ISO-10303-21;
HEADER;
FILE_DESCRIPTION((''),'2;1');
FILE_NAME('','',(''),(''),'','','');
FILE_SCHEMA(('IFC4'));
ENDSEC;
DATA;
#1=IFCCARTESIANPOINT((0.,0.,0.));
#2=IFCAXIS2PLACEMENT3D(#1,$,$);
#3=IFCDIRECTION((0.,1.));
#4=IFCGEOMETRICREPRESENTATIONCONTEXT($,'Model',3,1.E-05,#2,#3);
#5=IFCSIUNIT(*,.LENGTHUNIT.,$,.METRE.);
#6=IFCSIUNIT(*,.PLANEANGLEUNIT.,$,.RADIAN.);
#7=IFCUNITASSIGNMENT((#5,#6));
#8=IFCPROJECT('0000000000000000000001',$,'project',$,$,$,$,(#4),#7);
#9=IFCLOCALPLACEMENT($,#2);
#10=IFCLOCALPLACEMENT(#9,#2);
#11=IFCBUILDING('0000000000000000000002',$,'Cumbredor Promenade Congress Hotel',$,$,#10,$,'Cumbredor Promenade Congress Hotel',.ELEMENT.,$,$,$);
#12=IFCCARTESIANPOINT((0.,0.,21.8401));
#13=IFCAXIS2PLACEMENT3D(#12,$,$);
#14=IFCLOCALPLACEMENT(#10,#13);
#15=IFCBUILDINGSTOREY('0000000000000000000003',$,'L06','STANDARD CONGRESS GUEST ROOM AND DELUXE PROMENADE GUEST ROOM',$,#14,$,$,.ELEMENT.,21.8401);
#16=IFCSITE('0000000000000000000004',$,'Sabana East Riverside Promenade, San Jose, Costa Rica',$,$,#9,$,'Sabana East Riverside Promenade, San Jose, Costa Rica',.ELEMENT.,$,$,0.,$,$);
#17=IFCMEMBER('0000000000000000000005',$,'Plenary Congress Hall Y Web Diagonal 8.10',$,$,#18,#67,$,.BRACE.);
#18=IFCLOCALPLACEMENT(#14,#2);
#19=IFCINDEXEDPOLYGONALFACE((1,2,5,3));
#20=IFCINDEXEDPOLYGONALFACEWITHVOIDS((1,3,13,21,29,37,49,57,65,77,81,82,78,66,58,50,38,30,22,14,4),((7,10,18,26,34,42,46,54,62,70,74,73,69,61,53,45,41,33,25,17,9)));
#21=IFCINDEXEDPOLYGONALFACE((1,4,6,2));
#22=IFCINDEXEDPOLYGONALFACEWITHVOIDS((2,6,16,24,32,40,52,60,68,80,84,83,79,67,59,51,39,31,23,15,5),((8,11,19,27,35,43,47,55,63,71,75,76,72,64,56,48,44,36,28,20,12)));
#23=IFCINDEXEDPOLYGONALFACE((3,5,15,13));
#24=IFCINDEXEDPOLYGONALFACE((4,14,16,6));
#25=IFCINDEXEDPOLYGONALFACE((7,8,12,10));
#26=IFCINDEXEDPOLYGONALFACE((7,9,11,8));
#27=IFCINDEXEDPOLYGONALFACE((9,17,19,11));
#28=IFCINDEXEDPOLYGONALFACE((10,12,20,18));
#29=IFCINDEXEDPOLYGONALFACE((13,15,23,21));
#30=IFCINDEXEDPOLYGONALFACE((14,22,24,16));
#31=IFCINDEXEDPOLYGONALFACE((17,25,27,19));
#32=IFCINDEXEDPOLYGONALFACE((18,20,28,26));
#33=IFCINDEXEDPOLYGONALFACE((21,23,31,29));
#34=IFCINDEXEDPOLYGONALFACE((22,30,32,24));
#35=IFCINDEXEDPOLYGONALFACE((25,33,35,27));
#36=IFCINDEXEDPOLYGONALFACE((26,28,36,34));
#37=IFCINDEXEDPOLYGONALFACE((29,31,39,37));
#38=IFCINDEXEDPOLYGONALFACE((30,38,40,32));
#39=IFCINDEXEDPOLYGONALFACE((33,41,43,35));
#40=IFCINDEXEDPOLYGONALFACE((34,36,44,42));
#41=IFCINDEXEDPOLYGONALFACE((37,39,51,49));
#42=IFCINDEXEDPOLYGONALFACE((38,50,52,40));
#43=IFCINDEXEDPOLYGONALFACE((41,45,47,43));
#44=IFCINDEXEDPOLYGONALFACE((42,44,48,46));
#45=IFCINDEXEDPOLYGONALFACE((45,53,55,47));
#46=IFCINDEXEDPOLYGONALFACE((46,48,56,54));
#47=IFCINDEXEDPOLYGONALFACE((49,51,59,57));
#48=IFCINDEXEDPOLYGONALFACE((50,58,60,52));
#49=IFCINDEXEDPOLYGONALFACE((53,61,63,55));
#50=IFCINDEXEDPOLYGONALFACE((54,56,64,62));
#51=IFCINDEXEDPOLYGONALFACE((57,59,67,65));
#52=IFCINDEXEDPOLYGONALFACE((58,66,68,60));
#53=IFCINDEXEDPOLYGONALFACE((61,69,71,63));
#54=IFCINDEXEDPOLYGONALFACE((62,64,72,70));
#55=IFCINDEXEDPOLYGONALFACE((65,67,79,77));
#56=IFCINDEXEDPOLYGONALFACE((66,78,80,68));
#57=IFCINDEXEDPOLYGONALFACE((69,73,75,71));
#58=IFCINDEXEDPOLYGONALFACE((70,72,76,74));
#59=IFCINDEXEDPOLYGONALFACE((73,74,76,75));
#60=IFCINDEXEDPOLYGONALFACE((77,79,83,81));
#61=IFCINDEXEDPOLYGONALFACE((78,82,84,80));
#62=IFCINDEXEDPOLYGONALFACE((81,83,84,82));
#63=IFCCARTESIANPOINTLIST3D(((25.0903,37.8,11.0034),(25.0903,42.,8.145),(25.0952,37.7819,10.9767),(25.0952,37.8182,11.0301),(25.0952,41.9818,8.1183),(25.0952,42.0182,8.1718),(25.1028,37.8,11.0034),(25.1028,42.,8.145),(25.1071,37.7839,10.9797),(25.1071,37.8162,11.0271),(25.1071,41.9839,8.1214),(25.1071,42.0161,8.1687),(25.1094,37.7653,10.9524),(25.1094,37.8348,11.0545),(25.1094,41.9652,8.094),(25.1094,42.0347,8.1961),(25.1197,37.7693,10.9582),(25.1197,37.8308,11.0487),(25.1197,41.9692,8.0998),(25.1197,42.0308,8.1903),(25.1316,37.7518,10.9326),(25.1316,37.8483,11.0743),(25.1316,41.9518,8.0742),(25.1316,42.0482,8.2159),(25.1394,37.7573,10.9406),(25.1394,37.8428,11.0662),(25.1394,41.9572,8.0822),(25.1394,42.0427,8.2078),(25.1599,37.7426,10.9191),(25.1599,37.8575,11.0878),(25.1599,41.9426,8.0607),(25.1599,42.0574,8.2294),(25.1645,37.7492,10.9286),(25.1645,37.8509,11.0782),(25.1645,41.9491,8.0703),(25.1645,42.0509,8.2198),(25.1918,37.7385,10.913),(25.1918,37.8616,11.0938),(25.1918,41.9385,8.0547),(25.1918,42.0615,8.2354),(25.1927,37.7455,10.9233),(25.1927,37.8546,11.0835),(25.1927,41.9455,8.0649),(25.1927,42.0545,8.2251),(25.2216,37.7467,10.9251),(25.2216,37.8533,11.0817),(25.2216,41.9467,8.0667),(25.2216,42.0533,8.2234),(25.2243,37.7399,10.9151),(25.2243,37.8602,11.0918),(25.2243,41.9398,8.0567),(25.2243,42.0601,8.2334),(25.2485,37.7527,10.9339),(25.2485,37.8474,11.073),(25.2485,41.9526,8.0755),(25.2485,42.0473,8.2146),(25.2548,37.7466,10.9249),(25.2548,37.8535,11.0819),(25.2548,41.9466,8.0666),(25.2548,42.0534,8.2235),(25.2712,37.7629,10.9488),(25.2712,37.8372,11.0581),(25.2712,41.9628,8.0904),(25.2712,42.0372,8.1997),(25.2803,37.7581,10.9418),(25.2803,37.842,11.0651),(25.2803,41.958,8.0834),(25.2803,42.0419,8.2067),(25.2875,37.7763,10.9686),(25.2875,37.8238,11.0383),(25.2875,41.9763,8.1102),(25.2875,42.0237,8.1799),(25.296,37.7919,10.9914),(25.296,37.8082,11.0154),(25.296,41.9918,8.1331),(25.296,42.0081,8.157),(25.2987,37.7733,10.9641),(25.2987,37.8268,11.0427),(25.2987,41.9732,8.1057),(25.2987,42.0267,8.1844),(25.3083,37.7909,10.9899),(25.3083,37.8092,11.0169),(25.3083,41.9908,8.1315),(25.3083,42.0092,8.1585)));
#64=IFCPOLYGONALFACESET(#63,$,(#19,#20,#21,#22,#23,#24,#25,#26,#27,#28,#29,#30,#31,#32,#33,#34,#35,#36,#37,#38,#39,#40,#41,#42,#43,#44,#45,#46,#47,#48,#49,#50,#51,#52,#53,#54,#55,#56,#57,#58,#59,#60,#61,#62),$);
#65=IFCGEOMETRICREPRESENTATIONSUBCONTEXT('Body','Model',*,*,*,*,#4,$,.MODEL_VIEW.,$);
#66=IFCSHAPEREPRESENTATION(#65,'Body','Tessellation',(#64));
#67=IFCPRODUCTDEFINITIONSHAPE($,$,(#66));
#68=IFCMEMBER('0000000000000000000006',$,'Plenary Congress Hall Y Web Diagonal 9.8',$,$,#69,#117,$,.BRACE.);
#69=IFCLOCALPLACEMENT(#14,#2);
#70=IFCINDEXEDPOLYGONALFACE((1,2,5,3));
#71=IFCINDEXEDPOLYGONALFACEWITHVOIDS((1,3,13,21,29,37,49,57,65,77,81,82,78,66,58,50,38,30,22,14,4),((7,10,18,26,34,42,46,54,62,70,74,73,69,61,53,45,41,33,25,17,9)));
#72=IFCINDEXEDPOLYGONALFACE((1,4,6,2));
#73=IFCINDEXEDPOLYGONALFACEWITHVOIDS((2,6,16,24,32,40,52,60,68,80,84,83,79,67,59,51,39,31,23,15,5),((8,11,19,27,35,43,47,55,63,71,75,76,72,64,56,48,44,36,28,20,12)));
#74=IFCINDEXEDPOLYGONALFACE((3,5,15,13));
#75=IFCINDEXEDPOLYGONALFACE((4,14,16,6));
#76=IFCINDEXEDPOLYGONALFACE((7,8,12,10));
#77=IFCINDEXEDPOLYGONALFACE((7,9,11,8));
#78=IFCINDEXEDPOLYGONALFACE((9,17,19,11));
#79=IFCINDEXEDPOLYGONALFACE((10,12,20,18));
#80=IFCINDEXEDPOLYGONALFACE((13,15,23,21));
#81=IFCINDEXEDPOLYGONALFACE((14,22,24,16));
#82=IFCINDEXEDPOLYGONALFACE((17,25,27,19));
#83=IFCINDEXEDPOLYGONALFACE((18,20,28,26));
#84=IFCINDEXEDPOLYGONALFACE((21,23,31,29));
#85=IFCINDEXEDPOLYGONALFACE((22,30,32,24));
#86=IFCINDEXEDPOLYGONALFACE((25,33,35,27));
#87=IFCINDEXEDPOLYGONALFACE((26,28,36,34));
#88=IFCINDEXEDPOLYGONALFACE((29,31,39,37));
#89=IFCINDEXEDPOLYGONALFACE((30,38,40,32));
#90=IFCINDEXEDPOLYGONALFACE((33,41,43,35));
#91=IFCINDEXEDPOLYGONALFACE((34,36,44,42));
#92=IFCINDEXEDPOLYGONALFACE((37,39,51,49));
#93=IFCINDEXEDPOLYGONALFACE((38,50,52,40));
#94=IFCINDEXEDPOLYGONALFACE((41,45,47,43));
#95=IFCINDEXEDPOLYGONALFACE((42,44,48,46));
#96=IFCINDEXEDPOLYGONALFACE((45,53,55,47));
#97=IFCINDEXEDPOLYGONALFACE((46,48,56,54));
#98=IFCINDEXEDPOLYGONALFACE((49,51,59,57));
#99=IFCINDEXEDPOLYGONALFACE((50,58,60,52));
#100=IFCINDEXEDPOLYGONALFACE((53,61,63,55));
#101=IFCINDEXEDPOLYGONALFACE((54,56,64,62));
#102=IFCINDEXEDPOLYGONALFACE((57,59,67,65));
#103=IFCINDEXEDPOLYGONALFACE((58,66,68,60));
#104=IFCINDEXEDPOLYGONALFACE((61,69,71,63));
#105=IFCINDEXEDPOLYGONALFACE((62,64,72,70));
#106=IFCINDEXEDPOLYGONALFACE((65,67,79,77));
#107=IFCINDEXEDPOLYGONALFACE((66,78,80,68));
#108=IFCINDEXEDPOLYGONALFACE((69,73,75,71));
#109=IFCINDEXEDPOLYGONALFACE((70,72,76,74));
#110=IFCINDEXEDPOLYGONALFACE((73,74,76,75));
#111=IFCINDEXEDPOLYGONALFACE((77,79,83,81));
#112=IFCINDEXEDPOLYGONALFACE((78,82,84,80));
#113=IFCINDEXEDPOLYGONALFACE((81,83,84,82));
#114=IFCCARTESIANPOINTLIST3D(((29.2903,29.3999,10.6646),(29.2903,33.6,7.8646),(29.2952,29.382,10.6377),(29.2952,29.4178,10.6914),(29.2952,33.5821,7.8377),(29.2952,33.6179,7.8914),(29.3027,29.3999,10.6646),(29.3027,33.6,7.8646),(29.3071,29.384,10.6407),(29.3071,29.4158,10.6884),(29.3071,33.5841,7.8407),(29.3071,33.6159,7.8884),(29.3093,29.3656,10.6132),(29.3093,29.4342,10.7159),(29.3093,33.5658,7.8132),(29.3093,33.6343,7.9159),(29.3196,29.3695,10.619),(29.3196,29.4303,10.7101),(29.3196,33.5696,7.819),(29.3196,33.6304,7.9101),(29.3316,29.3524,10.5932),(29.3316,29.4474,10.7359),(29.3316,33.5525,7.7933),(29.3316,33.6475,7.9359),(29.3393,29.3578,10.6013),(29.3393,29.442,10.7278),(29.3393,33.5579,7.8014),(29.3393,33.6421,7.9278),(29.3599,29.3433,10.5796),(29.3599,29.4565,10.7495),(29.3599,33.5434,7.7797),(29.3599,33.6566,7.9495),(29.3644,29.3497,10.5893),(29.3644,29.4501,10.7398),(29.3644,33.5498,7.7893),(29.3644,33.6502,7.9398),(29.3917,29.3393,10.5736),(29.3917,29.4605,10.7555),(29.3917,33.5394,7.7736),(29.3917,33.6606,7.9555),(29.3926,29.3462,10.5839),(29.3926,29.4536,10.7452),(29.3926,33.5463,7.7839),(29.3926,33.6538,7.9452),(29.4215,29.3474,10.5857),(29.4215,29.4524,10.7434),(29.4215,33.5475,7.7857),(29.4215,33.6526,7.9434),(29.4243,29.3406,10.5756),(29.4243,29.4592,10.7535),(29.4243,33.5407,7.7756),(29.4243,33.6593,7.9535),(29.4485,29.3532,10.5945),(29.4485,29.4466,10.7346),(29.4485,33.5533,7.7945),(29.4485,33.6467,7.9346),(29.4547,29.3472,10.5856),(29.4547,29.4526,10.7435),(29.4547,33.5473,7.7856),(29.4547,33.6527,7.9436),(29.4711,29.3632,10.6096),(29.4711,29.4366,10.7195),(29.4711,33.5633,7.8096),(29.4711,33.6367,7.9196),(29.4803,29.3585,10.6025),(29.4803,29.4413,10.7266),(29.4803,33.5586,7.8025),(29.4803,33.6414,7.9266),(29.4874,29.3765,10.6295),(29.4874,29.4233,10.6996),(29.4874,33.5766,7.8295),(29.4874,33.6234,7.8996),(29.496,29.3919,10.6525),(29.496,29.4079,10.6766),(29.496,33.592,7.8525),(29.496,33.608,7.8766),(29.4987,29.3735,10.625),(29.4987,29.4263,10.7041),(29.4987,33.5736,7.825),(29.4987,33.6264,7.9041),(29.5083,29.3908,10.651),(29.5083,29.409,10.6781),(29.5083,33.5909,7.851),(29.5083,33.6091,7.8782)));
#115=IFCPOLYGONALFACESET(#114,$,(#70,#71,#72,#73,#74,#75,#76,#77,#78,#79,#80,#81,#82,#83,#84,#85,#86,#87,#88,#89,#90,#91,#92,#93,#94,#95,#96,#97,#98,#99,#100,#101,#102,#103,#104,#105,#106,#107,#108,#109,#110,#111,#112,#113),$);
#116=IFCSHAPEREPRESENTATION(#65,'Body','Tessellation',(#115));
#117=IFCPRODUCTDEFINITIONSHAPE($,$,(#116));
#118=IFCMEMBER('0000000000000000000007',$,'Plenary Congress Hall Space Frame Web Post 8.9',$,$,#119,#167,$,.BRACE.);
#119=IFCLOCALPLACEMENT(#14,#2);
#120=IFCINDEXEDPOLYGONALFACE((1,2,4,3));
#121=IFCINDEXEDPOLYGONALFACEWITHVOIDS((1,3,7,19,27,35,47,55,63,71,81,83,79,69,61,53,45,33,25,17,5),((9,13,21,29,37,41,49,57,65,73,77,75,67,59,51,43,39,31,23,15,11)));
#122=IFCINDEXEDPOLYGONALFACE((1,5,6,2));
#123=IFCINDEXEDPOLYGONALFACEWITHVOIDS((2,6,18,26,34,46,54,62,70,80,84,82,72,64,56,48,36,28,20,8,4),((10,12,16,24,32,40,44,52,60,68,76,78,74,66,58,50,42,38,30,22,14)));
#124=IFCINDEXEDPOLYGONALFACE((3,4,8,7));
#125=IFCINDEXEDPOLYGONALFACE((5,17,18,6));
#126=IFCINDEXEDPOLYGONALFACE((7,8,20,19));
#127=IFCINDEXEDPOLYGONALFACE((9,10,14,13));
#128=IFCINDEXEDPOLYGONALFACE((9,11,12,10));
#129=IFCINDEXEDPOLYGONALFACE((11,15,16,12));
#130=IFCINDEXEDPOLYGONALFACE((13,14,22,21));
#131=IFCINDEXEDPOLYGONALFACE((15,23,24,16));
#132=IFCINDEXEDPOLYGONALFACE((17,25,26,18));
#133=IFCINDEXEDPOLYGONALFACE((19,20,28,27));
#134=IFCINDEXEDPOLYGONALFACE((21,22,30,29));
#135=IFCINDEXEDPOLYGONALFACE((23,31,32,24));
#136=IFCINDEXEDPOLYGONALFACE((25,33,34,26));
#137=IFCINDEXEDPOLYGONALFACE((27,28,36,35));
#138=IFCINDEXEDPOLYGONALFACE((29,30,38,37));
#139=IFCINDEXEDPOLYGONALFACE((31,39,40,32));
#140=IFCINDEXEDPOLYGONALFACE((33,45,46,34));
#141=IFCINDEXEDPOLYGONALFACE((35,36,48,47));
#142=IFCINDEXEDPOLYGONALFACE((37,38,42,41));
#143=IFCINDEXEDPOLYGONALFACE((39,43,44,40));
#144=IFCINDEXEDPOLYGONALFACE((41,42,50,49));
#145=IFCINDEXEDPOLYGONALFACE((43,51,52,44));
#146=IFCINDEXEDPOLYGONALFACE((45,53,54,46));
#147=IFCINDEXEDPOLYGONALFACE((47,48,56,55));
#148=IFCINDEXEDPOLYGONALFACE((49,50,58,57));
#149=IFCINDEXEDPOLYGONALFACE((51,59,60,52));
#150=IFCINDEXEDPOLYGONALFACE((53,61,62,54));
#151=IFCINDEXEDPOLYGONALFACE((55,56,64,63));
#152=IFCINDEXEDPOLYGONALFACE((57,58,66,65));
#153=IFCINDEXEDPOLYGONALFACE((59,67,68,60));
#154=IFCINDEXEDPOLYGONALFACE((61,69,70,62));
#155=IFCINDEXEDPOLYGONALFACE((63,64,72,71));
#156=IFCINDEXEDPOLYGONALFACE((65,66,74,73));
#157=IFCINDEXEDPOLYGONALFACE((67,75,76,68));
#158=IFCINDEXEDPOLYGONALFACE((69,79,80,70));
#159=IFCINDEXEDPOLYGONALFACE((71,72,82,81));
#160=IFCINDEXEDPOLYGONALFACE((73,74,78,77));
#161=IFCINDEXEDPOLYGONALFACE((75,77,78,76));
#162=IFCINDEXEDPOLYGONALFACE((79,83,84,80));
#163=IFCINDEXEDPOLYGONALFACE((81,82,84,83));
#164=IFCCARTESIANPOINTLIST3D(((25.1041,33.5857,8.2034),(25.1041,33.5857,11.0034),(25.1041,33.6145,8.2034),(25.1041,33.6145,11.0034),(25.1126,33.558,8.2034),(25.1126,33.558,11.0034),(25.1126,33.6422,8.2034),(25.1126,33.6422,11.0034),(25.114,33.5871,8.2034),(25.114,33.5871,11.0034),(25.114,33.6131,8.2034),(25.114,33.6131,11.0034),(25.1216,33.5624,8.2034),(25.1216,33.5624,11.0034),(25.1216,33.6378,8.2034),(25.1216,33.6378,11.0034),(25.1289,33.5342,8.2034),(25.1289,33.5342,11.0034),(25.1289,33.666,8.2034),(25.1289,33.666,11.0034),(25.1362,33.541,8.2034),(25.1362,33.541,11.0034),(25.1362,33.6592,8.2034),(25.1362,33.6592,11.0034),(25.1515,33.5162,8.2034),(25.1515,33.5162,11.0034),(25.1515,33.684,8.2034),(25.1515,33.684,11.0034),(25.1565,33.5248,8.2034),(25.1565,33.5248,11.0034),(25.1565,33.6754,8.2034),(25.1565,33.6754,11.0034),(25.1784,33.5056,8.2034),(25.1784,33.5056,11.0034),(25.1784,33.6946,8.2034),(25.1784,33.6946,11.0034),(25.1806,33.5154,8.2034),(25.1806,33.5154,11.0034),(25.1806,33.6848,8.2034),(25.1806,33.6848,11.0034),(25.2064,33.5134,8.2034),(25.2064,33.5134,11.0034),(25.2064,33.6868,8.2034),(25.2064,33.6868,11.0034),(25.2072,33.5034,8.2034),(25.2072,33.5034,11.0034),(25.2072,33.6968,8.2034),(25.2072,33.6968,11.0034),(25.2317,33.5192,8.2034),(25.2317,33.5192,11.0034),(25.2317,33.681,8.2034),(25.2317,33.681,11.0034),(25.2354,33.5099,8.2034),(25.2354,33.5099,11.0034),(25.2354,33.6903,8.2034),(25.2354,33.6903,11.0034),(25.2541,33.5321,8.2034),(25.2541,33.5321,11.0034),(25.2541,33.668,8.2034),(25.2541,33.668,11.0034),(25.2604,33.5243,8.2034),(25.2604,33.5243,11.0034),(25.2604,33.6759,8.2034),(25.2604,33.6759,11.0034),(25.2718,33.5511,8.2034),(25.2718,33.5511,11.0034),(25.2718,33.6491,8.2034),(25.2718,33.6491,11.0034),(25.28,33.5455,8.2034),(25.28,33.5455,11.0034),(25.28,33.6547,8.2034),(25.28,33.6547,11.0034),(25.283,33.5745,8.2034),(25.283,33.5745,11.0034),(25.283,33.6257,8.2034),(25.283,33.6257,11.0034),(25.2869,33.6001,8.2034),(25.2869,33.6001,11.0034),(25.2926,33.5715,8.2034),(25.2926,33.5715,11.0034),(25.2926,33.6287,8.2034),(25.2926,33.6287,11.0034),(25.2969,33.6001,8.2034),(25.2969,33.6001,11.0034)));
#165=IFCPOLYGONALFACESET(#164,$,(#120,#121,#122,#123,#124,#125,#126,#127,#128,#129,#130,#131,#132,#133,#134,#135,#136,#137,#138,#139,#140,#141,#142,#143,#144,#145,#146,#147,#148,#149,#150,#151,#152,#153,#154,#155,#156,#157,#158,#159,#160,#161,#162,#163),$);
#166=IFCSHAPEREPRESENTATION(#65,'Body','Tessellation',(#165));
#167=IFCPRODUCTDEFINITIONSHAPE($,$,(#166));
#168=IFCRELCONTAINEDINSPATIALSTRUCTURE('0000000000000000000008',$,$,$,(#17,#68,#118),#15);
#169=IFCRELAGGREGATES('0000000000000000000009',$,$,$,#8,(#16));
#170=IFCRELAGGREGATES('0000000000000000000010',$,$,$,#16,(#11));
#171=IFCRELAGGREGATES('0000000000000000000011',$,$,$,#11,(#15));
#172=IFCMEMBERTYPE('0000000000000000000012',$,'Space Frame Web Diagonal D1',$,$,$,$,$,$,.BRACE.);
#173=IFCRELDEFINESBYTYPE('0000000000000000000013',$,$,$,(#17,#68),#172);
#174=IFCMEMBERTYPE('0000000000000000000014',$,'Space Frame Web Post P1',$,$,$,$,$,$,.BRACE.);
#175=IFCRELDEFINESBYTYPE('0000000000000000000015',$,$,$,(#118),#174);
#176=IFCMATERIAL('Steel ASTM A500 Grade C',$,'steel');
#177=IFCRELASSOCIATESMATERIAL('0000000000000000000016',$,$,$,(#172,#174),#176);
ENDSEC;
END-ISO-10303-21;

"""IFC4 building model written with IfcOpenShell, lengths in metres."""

from ifc_helpers import new_model, si_unit, direction, frame, origin, origin_2d, place, context, subcontext, project, spatial, hollow_circle, extrude, material, material_profile, profile_set, type_object, element, save


model = new_model("IFC4")

# Units and contexts
model_context = context("Model", 3, precision=1e-05, world=origin(), true_north=direction((0.0, 1.0)))
body_context = subcontext(model_context, "Body", "Model", "MODEL_VIEW")
ifc_project = project(units=[si_unit("LENGTHUNIT", "METRE"), si_unit("PLANEANGLEUNIT", "RADIAN")], contexts=[model_context])

# Site, building, storey
site_placement = place(None, origin())
site = spatial("IfcSite", under=ifc_project, at=site_placement, Name="Sabana East Riverside Promenade, San Jose, Costa Rica", LongName="Sabana East Riverside Promenade, San Jose, Costa Rica", CompositionType="ELEMENT", RefElevation=0.0)
building_placement = place(site_placement, origin())
building = spatial("IfcBuilding", under=site, at=building_placement, Name="Cumbredor Promenade Congress Hotel", LongName="Cumbredor Promenade Congress Hotel", CompositionType="ELEMENT")
storey_placement = place(building_placement, frame((0.0, 0.0, 21.8401)))
storey = spatial("IfcBuildingStorey", under=building, at=storey_placement, Name="L06", Description="STANDARD CONGRESS GUEST ROOM AND DELUXE PROMENADE GUEST ROOM", CompositionType="ELEMENT", Elevation=21.8401)

# Members
ifc_material_1 = material(Name="Steel ASTM A500 Grade C", Category="steel")
ifc_material_profile_1 = material_profile(ifc_material_1, hollow_circle(Radius=0.1096, WallThickness=0.0125, at=origin_2d()), Name="CHS 219.1x12.5")
ifc_profile_set_1 = profile_set([ifc_material_profile_1], Name="Steel ASTM A500 Grade C")
member_type_1 = type_object("IfcMemberType", Name="Space Frame Web Diagonal D1", PredefinedType="BRACE", material=ifc_profile_set_1)
member_1_placement = place(storey_placement, frame((25.2, 37.8, 11.0034), z_axis=(0.0, 0.826704, -0.562637), x_axis=(-1.0, 0.0, 0.0)))
element("IfcMember", 1, at=member_1_placement, inside=storey, type_object=member_type_1, Name="Plenary Congress Hall Y Web Diagonal 8.10", PredefinedType="BRACE", context=body_context, shape_type="SweptSolid", body=[
    extrude(hollow_circle(Radius=0.1096, WallThickness=0.0125, at=origin_2d()), origin(), (0.0, 0.0, 1.0), 5.0803),
])
member_2_placement = place(storey_placement, frame((29.3999, 29.3999, 10.6646), z_axis=(0.0, 0.832058, -0.554689), x_axis=(-1.0, 0.0, 0.0)))
element("IfcMember", 2, at=member_2_placement, inside=storey, type_object=member_type_1, Name="Plenary Congress Hall Y Web Diagonal 9.8", PredefinedType="BRACE", context=body_context, shape_type="SweptSolid", body=[
    extrude(hollow_circle(Radius=0.1096, WallThickness=0.0125, at=origin_2d()), origin(), (0.0, 0.0, 1.0), 5.0479),
])
ifc_material_profile_2 = material_profile(ifc_material_1, hollow_circle(Radius=0.0969, WallThickness=0.01, at=origin_2d()), Name="CHS 193.7x10")
ifc_profile_set_2 = profile_set([ifc_material_profile_2], Name="Steel ASTM A500 Grade C")
member_type_2 = type_object("IfcMemberType", Name="Space Frame Web Post P1", PredefinedType="BRACE", material=ifc_profile_set_2)
for number, where, z_axis, x_axis, name in (
    (3, (25.2, 33.6001, 8.2034), (0.0, 0.0, 1.0), (1.0, 0.0, 0.0), "Plenary Congress Hall Space Frame Web Post 8.9"),
):
    element("IfcMember", number, at=place(storey_placement, frame(where, z_axis=z_axis, x_axis=x_axis)), inside=storey, type_object=member_type_2, Name=name, PredefinedType="BRACE", context=body_context, shape_type="SweptSolid", body=[
        extrude(hollow_circle(Radius=0.0969, WallThickness=0.01, at=origin_2d()), origin(), (0.0, 0.0, 1.0), 2.8),
    ])

save(model, "model.ifc")
